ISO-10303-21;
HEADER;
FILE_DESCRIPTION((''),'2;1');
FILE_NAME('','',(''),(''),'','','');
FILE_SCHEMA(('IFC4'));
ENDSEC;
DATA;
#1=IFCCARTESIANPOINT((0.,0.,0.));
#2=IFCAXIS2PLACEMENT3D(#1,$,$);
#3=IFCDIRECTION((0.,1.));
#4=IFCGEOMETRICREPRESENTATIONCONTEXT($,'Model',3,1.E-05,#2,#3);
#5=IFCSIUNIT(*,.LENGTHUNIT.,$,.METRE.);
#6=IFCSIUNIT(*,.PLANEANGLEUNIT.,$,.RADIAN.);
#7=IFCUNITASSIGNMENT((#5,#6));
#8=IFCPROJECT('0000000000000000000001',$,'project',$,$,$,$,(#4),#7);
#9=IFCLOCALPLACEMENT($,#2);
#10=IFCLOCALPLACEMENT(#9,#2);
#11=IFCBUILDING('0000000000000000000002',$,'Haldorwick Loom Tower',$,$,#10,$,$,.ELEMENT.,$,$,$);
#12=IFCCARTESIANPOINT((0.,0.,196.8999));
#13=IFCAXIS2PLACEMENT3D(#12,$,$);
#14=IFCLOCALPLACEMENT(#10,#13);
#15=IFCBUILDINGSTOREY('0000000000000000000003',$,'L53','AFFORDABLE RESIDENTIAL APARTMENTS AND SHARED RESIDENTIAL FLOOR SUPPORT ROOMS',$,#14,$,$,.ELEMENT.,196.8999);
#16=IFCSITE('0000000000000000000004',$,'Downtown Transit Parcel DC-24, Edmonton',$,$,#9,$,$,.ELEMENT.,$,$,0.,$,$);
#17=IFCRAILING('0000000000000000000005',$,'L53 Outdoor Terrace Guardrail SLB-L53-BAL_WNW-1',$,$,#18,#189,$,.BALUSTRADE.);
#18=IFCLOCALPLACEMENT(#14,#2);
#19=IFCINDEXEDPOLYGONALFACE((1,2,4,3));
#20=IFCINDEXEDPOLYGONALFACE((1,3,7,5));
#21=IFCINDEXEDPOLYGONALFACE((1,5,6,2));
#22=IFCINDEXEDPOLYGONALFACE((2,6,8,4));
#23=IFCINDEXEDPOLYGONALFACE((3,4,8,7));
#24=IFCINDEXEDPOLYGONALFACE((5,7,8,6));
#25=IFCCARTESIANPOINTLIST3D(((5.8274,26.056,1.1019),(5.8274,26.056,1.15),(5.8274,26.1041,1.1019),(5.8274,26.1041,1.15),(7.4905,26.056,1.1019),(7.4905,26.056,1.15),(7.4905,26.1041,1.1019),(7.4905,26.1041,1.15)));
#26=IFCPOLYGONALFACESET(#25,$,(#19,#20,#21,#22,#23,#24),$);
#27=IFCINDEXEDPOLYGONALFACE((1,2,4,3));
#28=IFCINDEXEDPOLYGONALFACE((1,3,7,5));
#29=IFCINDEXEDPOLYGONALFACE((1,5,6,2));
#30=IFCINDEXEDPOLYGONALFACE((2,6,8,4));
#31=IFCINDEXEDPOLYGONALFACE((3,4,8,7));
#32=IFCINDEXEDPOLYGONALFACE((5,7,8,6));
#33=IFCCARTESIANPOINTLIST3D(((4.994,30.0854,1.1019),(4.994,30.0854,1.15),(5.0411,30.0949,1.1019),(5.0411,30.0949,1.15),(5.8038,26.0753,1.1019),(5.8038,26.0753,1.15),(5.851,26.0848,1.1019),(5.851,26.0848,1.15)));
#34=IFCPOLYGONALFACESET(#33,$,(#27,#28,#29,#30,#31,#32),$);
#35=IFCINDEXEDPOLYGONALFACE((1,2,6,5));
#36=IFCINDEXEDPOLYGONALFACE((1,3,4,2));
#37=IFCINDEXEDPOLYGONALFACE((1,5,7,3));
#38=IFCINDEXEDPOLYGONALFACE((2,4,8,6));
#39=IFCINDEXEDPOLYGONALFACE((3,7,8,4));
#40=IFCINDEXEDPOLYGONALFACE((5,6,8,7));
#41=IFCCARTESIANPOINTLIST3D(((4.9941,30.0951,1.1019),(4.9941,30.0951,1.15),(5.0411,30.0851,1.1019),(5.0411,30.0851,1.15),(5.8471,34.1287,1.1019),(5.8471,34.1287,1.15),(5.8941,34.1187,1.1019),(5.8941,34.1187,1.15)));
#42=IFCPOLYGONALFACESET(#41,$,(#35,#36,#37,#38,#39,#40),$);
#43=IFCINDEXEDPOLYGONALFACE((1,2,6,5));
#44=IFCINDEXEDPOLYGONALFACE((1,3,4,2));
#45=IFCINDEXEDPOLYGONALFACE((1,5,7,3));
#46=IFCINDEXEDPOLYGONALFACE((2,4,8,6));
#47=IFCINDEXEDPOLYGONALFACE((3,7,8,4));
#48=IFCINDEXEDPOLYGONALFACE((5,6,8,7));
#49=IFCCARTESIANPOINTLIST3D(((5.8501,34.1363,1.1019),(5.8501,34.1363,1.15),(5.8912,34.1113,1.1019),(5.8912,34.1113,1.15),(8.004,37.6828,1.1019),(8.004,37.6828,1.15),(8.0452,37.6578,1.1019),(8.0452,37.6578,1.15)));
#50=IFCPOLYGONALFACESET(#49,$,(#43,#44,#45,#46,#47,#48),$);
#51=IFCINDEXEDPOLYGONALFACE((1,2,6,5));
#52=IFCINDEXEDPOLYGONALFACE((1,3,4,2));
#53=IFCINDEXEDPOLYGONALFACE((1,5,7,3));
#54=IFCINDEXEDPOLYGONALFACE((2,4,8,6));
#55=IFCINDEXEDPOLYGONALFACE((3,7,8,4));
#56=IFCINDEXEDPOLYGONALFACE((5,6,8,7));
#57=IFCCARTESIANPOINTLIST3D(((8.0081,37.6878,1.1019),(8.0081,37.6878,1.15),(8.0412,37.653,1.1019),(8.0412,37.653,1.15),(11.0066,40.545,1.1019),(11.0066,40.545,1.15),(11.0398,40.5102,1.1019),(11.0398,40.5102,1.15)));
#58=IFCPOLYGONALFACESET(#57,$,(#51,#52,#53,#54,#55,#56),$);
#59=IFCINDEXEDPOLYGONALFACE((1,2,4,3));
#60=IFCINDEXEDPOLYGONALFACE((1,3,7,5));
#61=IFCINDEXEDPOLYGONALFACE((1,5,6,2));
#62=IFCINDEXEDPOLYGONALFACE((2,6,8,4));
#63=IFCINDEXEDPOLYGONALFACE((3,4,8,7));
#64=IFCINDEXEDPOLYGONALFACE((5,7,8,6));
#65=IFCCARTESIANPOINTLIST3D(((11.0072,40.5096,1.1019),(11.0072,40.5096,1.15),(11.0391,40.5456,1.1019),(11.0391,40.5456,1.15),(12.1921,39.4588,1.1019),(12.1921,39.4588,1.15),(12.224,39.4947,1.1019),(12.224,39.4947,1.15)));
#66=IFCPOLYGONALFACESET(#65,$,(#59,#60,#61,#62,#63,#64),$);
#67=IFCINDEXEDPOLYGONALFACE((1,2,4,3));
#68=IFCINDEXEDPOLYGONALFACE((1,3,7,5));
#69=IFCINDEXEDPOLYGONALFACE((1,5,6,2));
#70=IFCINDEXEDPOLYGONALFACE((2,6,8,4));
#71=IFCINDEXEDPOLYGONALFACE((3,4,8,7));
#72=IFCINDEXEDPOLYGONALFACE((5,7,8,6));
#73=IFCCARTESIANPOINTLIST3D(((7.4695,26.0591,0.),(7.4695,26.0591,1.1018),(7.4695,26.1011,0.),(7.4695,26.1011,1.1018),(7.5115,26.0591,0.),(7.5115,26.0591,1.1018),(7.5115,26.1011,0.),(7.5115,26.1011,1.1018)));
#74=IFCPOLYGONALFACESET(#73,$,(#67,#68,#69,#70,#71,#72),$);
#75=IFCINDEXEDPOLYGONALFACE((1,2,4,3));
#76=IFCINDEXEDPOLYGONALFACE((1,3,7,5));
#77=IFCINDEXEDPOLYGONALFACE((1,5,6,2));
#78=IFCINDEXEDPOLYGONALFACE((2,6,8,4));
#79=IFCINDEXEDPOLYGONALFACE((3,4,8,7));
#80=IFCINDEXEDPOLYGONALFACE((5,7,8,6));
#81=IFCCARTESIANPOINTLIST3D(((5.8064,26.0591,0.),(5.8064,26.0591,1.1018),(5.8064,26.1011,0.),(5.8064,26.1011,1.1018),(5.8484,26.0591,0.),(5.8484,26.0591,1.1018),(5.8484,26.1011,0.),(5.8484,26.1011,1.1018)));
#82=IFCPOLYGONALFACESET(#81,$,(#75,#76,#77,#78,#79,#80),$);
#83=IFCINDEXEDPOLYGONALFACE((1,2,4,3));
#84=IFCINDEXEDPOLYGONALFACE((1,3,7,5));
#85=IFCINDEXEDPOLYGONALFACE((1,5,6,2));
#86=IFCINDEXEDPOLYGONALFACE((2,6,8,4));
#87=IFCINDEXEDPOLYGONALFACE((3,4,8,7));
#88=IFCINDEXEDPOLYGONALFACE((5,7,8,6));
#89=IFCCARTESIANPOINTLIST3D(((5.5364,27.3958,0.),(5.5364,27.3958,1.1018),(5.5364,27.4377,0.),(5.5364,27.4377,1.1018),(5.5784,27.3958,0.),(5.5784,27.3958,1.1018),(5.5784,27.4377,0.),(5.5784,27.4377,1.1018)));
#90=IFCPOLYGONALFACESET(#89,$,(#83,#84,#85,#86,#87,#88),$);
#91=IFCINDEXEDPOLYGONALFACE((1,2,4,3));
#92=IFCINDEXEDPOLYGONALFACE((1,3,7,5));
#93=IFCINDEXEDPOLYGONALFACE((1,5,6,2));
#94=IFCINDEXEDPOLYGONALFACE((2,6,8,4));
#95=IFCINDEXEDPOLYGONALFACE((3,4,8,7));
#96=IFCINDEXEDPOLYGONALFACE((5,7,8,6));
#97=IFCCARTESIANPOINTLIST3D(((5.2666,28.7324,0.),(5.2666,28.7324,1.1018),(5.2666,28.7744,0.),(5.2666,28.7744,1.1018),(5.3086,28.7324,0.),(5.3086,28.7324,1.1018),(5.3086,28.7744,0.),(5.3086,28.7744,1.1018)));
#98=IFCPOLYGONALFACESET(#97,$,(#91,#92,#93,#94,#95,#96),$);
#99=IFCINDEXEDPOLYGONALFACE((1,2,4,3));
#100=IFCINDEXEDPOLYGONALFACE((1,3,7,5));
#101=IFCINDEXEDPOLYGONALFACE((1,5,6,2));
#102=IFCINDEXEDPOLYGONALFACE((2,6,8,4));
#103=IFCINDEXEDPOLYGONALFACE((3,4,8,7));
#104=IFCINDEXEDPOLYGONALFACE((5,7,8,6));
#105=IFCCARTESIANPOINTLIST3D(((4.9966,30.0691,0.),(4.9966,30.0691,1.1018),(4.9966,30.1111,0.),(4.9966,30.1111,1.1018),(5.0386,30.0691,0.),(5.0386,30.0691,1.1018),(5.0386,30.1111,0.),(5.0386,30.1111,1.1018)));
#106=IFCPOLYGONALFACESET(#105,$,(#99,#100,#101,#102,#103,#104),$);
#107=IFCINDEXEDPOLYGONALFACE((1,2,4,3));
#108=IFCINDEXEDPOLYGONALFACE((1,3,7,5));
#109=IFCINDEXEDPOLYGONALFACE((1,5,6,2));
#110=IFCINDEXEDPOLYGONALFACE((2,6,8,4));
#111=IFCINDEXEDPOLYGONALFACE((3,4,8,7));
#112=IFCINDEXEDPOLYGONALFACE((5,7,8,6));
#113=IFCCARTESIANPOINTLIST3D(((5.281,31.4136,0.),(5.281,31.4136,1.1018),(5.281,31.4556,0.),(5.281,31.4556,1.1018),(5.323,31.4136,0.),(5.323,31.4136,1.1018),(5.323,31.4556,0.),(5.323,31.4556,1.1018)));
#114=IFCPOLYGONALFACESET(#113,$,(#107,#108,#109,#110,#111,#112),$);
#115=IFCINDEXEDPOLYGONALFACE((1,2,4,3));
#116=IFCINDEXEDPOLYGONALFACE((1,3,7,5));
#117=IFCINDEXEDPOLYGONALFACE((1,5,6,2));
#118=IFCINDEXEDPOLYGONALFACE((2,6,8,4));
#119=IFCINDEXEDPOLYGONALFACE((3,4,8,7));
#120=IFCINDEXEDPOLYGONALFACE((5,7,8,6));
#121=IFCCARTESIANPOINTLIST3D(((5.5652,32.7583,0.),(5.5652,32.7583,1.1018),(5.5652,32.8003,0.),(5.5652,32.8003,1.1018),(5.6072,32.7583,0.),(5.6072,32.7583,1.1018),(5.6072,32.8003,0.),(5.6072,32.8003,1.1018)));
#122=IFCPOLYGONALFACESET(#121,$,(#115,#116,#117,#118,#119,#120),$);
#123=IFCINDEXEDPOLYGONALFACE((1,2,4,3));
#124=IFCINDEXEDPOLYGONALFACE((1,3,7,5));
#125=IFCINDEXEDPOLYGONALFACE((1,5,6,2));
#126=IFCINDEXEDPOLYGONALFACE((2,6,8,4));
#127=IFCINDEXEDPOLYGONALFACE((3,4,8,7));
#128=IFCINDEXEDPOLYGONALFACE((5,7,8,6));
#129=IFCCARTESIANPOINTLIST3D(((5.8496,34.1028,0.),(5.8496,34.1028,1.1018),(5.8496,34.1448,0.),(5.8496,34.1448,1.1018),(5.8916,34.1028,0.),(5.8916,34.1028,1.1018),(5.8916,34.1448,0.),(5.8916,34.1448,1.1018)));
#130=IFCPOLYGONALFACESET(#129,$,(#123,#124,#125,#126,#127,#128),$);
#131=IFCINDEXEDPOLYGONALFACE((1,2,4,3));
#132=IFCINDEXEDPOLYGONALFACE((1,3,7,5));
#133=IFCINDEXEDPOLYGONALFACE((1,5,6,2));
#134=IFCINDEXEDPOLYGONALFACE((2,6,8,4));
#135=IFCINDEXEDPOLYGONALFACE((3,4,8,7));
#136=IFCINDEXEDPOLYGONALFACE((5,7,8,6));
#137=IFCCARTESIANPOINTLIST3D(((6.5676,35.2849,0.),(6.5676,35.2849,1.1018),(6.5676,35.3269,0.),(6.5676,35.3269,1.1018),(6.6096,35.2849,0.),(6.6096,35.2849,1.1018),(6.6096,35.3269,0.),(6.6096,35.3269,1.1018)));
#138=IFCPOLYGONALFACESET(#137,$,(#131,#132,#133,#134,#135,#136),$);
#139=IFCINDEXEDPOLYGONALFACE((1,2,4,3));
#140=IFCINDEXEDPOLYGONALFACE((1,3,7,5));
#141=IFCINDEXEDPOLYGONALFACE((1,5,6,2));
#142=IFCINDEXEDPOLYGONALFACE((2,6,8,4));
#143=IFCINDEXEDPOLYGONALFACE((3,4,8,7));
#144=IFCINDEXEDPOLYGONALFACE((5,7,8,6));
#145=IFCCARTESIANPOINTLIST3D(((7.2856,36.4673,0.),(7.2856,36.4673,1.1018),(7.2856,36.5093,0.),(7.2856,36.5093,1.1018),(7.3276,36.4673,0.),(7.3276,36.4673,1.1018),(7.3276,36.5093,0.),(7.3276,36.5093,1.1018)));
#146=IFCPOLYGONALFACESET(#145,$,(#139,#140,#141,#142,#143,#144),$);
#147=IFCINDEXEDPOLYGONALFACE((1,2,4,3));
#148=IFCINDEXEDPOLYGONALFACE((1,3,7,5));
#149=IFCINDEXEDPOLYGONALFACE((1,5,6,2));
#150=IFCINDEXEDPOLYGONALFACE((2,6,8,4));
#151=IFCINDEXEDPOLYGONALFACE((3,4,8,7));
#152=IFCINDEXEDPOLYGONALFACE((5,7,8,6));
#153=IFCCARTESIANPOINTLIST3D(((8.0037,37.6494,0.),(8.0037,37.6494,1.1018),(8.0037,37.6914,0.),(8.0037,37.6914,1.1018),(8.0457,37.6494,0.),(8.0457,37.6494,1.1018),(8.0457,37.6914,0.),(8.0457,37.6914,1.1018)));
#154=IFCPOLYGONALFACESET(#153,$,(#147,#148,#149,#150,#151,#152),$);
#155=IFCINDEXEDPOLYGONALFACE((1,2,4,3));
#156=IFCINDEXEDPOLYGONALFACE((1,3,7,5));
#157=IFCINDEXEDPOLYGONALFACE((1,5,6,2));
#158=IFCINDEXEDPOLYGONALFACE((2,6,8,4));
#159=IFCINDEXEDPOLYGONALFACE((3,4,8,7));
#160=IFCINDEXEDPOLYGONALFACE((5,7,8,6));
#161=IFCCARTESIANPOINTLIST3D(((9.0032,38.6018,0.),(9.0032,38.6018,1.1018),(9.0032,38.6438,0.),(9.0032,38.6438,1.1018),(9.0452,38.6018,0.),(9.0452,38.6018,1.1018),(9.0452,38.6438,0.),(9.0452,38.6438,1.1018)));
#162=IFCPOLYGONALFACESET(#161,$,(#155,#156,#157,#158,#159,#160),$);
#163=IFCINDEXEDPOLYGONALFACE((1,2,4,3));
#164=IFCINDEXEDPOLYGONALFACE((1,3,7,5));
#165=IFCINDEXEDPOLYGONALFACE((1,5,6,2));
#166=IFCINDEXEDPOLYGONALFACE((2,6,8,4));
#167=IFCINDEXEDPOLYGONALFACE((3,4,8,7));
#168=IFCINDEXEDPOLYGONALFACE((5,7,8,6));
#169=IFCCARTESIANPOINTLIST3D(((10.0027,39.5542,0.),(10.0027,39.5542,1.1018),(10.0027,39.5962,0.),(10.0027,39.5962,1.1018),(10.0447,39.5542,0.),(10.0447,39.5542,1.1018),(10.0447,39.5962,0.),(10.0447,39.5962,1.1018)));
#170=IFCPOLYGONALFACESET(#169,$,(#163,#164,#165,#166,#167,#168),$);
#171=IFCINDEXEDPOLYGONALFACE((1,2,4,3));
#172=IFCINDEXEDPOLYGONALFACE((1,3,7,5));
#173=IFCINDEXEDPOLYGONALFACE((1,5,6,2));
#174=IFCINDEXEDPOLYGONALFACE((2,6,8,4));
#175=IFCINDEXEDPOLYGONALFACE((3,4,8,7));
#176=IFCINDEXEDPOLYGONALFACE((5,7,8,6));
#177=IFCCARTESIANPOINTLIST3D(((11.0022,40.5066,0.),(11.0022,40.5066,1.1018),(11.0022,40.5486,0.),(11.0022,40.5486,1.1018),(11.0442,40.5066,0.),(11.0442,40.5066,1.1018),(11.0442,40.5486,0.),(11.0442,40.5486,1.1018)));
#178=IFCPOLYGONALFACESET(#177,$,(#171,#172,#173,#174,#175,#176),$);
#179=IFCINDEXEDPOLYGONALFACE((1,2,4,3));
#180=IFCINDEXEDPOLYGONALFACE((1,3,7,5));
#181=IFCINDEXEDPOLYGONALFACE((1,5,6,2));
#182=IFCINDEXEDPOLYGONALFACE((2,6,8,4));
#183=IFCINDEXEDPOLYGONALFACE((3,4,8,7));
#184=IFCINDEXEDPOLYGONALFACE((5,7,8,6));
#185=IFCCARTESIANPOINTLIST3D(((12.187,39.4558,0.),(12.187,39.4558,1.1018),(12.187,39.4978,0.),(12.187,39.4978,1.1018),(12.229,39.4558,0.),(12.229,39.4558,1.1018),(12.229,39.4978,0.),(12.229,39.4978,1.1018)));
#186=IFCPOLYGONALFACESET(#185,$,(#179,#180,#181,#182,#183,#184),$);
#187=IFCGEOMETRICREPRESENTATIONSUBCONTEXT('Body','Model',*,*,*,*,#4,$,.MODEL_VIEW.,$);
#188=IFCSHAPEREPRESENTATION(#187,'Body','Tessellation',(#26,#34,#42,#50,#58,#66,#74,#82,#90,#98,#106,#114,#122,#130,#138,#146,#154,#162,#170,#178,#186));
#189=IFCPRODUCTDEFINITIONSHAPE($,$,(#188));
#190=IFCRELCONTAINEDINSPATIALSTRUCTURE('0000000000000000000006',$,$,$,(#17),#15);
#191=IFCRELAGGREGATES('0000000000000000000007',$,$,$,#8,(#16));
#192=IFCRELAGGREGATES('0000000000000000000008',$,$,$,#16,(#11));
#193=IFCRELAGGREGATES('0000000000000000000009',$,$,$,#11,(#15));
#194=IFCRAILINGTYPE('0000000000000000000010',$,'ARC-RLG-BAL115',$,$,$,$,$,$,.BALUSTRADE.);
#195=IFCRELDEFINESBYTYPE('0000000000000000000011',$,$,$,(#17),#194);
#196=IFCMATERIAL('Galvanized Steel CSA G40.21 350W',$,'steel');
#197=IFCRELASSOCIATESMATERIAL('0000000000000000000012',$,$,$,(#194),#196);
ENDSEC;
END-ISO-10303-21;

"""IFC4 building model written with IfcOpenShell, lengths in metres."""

from ifc_helpers import new_model, si_unit, direction, frame, origin, origin_2d, place, context, subcontext, project, spatial, rectangle, extrude, material, type_object, element, save


model = new_model("IFC4")

# Units and contexts
model_context = context("Model", 3, precision=1e-05, world=origin(), true_north=direction((0.0, 1.0)))
body_context = subcontext(model_context, "Body", "Model", "MODEL_VIEW")
ifc_project = project(units=[si_unit("LENGTHUNIT", "METRE"), si_unit("PLANEANGLEUNIT", "RADIAN")], contexts=[model_context])

# Site, building, storey
site_placement = place(None, origin())
site = spatial("IfcSite", under=ifc_project, at=site_placement, Name="Downtown Transit Parcel DC-24, Edmonton", CompositionType="ELEMENT", RefElevation=0.0)
building_placement = place(site_placement, origin())
building = spatial("IfcBuilding", under=site, at=building_placement, Name="Haldorwick Loom Tower", CompositionType="ELEMENT")
storey_placement = place(building_placement, frame((0.0, 0.0, 196.8999)))
storey = spatial("IfcBuildingStorey", under=building, at=storey_placement, Name="L53", Description="AFFORDABLE RESIDENTIAL APARTMENTS AND SHARED RESIDENTIAL FLOOR SUPPORT ROOMS", CompositionType="ELEMENT", Elevation=196.8999)

# Railing
ifc_material_1 = material(Name="Galvanized Steel CSA G40.21 350W", Category="steel")
railing_type = type_object("IfcRailingType", Name="ARC-RLG-BAL115", PredefinedType="BALUSTRADE", material=ifc_material_1)
railing_placement = place(storey_placement, frame((7.4905, 26.0801, 0.0)))
element("IfcRailing", 1, at=railing_placement, inside=storey, type_object=railing_type, Name="L53 Outdoor Terrace Guardrail SLB-L53-BAL_WNW-1", PredefinedType="BALUSTRADE", context=body_context, shape_type="SweptSolid", body=[
    extrude(rectangle(XDim=0.0481, YDim=0.0481, at=origin_2d()), frame((0.0, 0.0, 1.126), z_axis=(-1.0, 0.0, 0.0), x_axis=(0.0, -1.0, 0.0)), (0.0, 0.0, 1.0), 1.6631),
    extrude(rectangle(XDim=0.0481, YDim=0.0481, at=origin_2d()), frame((-1.6631, 0.0, 1.126), z_axis=(-0.197952, 0.980212, 0.0), x_axis=(-0.980212, -0.197952, 0.0)), (0.0, 0.0, 1.0), 4.0911),
    extrude(rectangle(XDim=0.0481, YDim=0.0481, at=origin_2d()), frame((-2.4729, 4.01, 1.126), z_axis=(0.2069, 0.978362, 0.0), x_axis=(-0.978362, 0.2069, 0.0)), (0.0, 0.0, 1.0), 4.1228),
    extrude(rectangle(XDim=0.0481, YDim=0.0481, at=origin_2d()), frame((-1.6199, 8.0437, 1.126), z_axis=(0.519109, 0.854708, 0.0), x_axis=(-0.854708, 0.519109, 0.0)), (0.0, 0.0, 1.0), 4.1494),
    extrude(rectangle(XDim=0.0481, YDim=0.0481, at=origin_2d()), frame((0.5342, 11.5903, 1.126), z_axis=(0.723965, 0.689836, 0.0), x_axis=(-0.689836, 0.723965, 0.0)), (0.0, 0.0, 1.0), 4.1418),
    extrude(rectangle(XDim=0.0481, YDim=0.0481, at=origin_2d()), frame((3.5327, 14.4475, 1.126), z_axis=(0.748157, -0.663521, 0.0), x_axis=(0.663521, 0.748157, 0.0)), (0.0, 0.0, 1.0), 1.5837),
    extrude(rectangle(XDim=0.042, YDim=0.042, at=origin_2d()), origin(), (0.0, 0.0, 1.0), 1.1018),
    extrude(rectangle(XDim=0.042, YDim=0.042, at=origin_2d()), frame((-1.6631, 0.0, 0.0)), (0.0, 0.0, 1.0), 1.1018),
    extrude(rectangle(XDim=0.042, YDim=0.042, at=origin_2d()), frame((-1.9331, 1.3367, 0.0)), (0.0, 0.0, 1.0), 1.1018),
    extrude(rectangle(XDim=0.042, YDim=0.042, at=origin_2d()), frame((-2.2029, 2.6733, 0.0)), (0.0, 0.0, 1.0), 1.1018),
    extrude(rectangle(XDim=0.042, YDim=0.042, at=origin_2d()), frame((-2.4729, 4.01, 0.0)), (0.0, 0.0, 1.0), 1.1018),
    extrude(rectangle(XDim=0.042, YDim=0.042, at=origin_2d()), frame((-2.1885, 5.3545, 0.0)), (0.0, 0.0, 1.0), 1.1018),
    extrude(rectangle(XDim=0.042, YDim=0.042, at=origin_2d()), frame((-1.9043, 6.6992, 0.0)), (0.0, 0.0, 1.0), 1.1018),
    extrude(rectangle(XDim=0.042, YDim=0.042, at=origin_2d()), frame((-1.6199, 8.0437, 0.0)), (0.0, 0.0, 1.0), 1.1018),
    extrude(rectangle(XDim=0.042, YDim=0.042, at=origin_2d()), frame((-0.9019, 9.2258, 0.0)), (0.0, 0.0, 1.0), 1.1018),
    extrude(rectangle(XDim=0.042, YDim=0.042, at=origin_2d()), frame((-0.1838, 10.4082, 0.0)), (0.0, 0.0, 1.0), 1.1018),
    extrude(rectangle(XDim=0.042, YDim=0.042, at=origin_2d()), frame((0.5342, 11.5903, 0.0)), (0.0, 0.0, 1.0), 1.1018),
    extrude(rectangle(XDim=0.042, YDim=0.042, at=origin_2d()), frame((1.5337, 12.5427, 0.0)), (0.0, 0.0, 1.0), 1.1018),
    extrude(rectangle(XDim=0.042, YDim=0.042, at=origin_2d()), frame((2.5332, 13.4951, 0.0)), (0.0, 0.0, 1.0), 1.1018),
    extrude(rectangle(XDim=0.042, YDim=0.042, at=origin_2d()), frame((3.5327, 14.4475, 0.0)), (0.0, 0.0, 1.0), 1.1018),
    extrude(rectangle(XDim=0.042, YDim=0.042, at=origin_2d()), frame((4.7175, 13.3967, 0.0)), (0.0, 0.0, 1.0), 1.1018),
])

save(model, "model.ifc")
